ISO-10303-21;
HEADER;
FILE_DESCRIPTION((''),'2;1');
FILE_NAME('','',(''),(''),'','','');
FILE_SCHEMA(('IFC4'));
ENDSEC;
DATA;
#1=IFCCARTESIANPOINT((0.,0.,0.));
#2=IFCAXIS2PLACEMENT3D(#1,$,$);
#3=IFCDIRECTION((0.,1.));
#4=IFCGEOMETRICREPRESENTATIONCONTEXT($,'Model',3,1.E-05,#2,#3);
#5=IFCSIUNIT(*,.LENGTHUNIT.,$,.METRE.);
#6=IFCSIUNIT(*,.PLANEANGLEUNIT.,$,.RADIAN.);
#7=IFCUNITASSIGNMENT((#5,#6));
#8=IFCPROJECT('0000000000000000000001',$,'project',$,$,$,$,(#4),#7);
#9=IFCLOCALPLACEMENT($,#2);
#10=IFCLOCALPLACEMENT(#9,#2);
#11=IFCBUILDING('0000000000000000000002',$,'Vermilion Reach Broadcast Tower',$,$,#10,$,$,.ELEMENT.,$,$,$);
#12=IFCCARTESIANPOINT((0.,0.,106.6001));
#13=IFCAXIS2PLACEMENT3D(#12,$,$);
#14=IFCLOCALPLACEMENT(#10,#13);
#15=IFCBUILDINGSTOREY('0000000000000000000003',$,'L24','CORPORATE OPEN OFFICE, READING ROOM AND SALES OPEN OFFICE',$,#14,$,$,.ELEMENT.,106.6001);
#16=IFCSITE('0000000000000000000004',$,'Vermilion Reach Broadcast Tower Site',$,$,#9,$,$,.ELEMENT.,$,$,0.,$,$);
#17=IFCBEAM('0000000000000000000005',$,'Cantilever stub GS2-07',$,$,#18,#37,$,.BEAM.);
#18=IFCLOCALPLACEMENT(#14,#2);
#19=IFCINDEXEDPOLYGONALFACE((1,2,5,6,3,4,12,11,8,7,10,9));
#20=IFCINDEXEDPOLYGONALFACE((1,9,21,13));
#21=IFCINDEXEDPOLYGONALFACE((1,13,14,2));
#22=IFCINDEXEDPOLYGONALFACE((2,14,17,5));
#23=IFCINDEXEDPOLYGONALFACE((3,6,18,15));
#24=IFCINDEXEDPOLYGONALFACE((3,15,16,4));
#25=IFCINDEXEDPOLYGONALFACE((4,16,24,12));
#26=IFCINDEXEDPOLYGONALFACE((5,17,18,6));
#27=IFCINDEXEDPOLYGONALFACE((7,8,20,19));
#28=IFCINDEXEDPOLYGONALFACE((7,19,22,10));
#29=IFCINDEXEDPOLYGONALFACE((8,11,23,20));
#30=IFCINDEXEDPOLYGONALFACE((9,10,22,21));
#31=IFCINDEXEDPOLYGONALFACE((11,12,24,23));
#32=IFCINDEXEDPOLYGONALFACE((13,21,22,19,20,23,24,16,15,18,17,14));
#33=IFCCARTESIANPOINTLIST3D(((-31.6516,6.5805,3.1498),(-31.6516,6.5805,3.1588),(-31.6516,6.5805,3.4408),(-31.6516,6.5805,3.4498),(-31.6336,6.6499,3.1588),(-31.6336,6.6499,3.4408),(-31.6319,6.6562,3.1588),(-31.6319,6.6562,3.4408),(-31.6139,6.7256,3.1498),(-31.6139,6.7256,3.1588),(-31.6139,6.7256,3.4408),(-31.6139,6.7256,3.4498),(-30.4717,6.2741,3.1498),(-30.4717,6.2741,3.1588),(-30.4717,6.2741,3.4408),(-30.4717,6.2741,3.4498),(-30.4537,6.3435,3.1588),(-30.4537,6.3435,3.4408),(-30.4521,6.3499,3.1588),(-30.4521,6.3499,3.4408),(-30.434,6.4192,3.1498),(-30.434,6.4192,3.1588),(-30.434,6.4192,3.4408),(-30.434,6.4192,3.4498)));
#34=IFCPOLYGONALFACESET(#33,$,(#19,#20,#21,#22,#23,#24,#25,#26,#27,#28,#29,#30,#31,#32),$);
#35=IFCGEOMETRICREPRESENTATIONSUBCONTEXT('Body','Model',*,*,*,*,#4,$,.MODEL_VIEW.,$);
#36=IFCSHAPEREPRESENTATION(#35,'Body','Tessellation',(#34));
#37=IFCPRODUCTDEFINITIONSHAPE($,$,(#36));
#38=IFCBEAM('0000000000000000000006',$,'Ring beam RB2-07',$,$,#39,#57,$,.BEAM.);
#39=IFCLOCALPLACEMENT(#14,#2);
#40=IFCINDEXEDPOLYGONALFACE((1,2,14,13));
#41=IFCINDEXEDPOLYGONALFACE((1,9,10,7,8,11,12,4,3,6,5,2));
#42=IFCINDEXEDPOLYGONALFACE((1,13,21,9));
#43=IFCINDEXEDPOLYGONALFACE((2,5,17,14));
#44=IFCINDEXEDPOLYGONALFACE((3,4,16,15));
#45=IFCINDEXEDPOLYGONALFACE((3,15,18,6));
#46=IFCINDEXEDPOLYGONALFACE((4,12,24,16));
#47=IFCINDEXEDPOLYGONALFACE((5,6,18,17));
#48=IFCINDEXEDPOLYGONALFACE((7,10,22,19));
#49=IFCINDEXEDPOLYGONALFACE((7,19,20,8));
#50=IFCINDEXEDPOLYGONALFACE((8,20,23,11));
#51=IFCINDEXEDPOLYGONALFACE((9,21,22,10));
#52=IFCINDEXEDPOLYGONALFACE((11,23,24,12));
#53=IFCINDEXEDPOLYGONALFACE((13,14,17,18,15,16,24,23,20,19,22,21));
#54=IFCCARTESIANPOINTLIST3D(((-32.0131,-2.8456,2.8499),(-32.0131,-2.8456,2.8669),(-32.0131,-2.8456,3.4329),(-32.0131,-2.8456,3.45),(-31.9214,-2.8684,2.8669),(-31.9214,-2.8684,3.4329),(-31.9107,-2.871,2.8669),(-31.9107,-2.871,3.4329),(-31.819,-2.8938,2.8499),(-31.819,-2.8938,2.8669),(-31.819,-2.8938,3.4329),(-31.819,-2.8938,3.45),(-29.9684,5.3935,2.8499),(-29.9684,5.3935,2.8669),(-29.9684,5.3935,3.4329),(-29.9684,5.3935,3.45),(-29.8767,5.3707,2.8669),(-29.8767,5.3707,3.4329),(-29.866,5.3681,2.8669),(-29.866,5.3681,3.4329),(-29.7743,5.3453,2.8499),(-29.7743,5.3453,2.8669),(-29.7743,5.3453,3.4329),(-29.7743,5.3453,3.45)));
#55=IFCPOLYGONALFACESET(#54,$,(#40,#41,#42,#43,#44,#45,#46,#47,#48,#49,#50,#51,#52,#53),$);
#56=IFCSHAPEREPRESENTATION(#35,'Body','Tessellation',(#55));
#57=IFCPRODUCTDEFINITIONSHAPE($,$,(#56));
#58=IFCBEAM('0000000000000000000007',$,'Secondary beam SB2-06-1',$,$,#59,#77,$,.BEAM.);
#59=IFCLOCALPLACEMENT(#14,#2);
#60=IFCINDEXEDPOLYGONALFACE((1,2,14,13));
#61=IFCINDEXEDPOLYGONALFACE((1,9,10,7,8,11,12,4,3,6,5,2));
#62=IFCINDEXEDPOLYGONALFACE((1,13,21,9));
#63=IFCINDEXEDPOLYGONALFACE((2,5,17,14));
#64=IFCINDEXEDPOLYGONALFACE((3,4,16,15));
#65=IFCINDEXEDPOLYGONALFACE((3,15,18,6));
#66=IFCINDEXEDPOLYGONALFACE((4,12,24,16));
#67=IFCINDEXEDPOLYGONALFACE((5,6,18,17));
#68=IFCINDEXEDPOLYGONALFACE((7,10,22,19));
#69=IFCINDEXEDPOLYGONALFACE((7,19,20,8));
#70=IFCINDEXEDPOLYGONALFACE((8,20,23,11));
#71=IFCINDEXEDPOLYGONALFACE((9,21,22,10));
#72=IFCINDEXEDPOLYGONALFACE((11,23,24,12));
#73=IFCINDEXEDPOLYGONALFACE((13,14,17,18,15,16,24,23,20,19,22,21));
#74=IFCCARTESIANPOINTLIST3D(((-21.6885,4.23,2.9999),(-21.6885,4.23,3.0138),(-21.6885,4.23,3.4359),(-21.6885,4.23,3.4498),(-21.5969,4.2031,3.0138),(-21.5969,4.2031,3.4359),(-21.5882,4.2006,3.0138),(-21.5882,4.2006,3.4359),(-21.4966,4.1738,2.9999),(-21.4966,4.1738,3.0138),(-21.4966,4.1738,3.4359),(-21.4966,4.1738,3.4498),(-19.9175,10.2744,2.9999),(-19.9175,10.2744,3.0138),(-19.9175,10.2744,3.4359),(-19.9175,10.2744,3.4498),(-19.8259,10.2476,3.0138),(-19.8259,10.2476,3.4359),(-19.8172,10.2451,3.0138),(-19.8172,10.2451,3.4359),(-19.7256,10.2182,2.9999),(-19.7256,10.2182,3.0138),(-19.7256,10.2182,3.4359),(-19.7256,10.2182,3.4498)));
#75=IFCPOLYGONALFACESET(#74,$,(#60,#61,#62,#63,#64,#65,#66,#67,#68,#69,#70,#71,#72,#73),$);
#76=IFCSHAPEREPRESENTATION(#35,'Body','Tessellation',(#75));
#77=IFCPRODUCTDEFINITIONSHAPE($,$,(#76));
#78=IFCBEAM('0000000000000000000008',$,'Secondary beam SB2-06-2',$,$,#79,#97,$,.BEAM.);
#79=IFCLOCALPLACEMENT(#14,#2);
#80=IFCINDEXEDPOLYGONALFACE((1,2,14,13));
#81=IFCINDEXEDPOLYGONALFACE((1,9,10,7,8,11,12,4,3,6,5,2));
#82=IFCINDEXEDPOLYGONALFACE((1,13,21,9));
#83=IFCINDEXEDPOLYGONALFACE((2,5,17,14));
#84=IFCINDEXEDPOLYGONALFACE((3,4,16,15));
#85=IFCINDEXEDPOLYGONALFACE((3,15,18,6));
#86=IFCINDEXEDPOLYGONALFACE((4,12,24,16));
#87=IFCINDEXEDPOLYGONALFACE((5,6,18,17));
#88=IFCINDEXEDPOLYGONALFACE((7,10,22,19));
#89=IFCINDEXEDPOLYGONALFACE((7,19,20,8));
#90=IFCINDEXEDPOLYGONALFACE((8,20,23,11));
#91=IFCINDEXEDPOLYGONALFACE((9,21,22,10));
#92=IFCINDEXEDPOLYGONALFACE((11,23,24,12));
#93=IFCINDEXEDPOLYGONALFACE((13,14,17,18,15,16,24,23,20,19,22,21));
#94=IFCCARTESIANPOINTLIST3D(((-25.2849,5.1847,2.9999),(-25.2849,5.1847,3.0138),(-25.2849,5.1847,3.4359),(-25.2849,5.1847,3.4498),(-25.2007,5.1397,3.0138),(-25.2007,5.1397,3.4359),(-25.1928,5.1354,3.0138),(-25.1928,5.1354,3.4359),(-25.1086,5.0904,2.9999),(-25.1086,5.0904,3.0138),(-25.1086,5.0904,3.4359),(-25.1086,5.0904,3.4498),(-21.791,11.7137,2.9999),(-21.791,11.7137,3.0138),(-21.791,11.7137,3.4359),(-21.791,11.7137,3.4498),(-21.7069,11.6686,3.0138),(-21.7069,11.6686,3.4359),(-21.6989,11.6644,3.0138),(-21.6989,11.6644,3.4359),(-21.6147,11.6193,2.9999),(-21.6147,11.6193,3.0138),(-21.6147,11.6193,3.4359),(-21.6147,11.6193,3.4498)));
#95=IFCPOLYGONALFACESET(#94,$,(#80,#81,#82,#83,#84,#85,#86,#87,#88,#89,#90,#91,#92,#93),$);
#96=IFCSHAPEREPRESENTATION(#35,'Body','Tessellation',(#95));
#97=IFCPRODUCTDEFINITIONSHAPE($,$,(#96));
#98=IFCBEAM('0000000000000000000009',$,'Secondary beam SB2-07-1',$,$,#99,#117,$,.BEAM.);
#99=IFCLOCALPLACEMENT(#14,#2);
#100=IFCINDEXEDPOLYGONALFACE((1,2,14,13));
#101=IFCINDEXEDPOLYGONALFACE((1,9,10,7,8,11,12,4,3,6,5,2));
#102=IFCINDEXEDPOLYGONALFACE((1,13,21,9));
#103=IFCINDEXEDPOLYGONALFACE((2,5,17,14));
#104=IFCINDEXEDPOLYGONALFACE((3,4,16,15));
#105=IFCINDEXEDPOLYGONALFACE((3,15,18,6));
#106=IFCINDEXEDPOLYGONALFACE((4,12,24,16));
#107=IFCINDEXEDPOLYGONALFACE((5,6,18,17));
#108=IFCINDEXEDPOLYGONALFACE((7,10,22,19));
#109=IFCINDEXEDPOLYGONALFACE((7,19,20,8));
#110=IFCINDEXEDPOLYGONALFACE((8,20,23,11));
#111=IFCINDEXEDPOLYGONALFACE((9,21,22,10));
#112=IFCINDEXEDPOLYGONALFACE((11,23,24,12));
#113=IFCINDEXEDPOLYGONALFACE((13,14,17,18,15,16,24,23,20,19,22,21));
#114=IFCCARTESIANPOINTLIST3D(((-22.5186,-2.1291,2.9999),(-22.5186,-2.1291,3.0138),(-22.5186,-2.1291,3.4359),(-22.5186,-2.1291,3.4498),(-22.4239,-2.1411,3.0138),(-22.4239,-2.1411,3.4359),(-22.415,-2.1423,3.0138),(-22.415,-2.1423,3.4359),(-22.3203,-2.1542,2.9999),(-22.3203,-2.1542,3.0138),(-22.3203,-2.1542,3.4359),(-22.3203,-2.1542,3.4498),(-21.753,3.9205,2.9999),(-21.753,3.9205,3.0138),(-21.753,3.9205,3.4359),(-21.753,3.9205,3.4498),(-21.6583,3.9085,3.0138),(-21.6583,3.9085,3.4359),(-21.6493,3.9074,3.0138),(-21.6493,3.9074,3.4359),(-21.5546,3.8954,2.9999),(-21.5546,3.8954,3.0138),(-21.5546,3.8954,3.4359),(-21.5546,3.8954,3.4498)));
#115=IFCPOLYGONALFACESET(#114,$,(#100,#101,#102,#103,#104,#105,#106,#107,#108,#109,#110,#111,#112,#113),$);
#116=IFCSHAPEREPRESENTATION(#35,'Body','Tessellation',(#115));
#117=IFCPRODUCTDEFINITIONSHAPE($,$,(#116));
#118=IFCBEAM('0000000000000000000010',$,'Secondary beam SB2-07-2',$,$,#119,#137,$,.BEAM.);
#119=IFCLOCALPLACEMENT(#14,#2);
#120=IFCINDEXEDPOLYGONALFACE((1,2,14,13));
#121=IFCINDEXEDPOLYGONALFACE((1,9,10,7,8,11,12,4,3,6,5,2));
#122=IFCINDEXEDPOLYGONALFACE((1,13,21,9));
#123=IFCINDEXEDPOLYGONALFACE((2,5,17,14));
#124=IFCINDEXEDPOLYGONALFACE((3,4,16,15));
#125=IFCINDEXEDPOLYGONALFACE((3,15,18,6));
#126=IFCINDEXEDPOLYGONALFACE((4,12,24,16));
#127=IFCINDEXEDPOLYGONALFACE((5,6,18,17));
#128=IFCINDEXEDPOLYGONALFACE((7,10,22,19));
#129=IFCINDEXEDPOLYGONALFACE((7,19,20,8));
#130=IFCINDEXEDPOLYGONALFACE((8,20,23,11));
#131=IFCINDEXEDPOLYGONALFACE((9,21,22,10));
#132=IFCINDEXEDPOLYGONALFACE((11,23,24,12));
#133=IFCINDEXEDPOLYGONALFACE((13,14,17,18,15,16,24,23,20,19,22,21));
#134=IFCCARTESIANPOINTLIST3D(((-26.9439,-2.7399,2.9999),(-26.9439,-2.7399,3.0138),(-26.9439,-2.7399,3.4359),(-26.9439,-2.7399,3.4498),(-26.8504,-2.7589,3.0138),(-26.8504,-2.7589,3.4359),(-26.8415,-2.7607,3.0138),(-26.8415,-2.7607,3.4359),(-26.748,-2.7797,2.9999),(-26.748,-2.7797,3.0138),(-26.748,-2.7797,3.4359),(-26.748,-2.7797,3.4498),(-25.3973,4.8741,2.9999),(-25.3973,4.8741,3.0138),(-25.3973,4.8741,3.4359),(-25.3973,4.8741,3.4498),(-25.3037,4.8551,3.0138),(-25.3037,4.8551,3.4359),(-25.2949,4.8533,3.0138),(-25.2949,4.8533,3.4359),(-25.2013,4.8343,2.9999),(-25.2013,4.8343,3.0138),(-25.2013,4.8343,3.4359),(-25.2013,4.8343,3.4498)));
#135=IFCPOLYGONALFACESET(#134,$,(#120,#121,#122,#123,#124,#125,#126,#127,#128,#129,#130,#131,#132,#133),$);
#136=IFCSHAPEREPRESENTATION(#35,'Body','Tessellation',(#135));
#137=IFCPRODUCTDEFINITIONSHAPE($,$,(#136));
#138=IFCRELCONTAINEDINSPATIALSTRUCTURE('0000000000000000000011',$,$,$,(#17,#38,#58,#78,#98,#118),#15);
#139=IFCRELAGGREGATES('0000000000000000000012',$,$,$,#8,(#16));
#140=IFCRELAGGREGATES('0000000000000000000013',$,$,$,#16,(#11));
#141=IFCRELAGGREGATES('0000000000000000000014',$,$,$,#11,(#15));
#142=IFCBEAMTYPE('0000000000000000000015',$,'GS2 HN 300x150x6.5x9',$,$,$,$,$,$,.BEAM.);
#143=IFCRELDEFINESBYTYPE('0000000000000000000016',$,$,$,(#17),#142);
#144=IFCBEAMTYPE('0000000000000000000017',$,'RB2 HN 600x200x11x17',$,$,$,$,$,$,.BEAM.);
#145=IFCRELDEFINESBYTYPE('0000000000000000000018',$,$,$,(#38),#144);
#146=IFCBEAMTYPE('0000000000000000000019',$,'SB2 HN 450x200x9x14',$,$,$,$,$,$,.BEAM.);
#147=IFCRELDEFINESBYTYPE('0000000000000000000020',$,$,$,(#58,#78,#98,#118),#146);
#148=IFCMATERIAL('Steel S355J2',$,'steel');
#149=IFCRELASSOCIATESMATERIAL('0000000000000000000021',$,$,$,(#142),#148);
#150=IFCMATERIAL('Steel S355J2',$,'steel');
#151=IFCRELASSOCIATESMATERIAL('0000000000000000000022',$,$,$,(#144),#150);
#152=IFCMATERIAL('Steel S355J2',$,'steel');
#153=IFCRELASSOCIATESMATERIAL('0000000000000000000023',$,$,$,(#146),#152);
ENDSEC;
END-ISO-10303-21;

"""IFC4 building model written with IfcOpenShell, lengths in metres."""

from ifc_helpers import new_model, si_unit, direction, frame, origin, origin_2d, place, context, subcontext, project, spatial, i_section, extrude, material, material_profile, profile_set, type_object, element, save


model = new_model("IFC4")

# Units and contexts
model_context = context("Model", 3, precision=1e-05, world=origin(), true_north=direction((0.0, 1.0)))
body_context = subcontext(model_context, "Body", "Model", "MODEL_VIEW")
ifc_project = project(units=[si_unit("LENGTHUNIT", "METRE"), si_unit("PLANEANGLEUNIT", "RADIAN")], contexts=[model_context])

# Site, building, storey
site_placement = place(None, origin())
site = spatial("IfcSite", under=ifc_project, at=site_placement, Name="Vermilion Reach Broadcast Tower Site", CompositionType="ELEMENT", RefElevation=0.0)
building_placement = place(site_placement, origin())
building = spatial("IfcBuilding", under=site, at=building_placement, Name="Vermilion Reach Broadcast Tower", CompositionType="ELEMENT")
storey_placement = place(building_placement, frame((0.0, 0.0, 106.6001)))
storey = spatial("IfcBuildingStorey", under=building, at=storey_placement, Name="L24", Description="CORPORATE OPEN OFFICE, READING ROOM AND SALES OPEN OFFICE", CompositionType="ELEMENT", Elevation=106.6001)

# Beams
ifc_material_1 = material(Name="Steel S355J2", Category="steel")
ifc_material_profile_1 = material_profile(ifc_material_1, i_section(OverallWidth=0.1499, OverallDepth=0.3, WebThickness=0.0066, FlangeThickness=0.009, at=origin_2d()), Name="S355J2 HN 300x150x6.5x9")
ifc_profile_set_1 = profile_set([ifc_material_profile_1], Name="Steel S355J2")
beam_type_1 = type_object("IfcBeamType", Name="GS2 HN 300x150x6.5x9", PredefinedType="BEAM", material=ifc_profile_set_1)
beam_1_placement = place(storey_placement, frame((-30.4529, 6.3467, 3.2998), z_axis=(-0.9679, 0.251337, 0.0), x_axis=(-0.251337, -0.9679, 0.0)))
element("IfcBeam", 1, at=beam_1_placement, inside=storey, type_object=beam_type_1, Name="Cantilever stub GS2-07", PredefinedType="BEAM", context=body_context, shape_type="SweptSolid", body=[
    extrude(i_section(OverallWidth=0.1499, OverallDepth=0.3, WebThickness=0.0066, FlangeThickness=0.009, at=origin_2d()), origin(), (0.0, 0.0, 1.0), 1.219),
])
ifc_material_2 = material(Name="Steel S355J2", Category="steel")
ifc_material_profile_2 = material_profile(ifc_material_2, i_section(OverallWidth=0.2, OverallDepth=0.6001, WebThickness=0.011, FlangeThickness=0.0171, at=origin_2d()), Name="S355J2 HN 600x200x11x17")
ifc_profile_set_2 = profile_set([ifc_material_profile_2], Name="Steel S355J2")
beam_type_2 = type_object("IfcBeamType", Name="RB2 HN 600x200x11x17", PredefinedType="BEAM", material=ifc_profile_set_2)
beam_2_placement = place(storey_placement, frame((-29.8713, 5.3694, 3.1499), z_axis=(-0.240864, -0.970559, 0.0), x_axis=(0.970559, -0.240864, 0.0)))
element("IfcBeam", 2, at=beam_2_placement, inside=storey, type_object=beam_type_2, Name="Ring beam RB2-07", PredefinedType="BEAM", context=body_context, shape_type="SweptSolid", body=[
    extrude(i_section(OverallWidth=0.2, OverallDepth=0.6001, WebThickness=0.011, FlangeThickness=0.0171, at=origin_2d()), origin(), (0.0, 0.0, 1.0), 8.489),
])
ifc_material_3 = material(Name="Steel S355J2", Category="steel")
ifc_material_profile_3 = material_profile(ifc_material_3, i_section(OverallWidth=0.2, OverallDepth=0.45, WebThickness=0.009, FlangeThickness=0.0139, at=origin_2d()), Name="S355J2 HN 450x200x9x14")
ifc_profile_set_3 = profile_set([ifc_material_profile_3], Name="Steel S355J2")
beam_type_3 = type_object("IfcBeamType", Name="SB2 HN 450x200x9x14", PredefinedType="BEAM", material=ifc_profile_set_3)
beam_3_placement = place(storey_placement, frame((-19.8215, 10.2463, 3.2249), z_axis=(-0.281176, -0.959656, 0.0), x_axis=(0.959656, -0.281176, 0.0)))
element("IfcBeam", 3, at=beam_3_placement, inside=storey, type_object=beam_type_3, Name="Secondary beam SB2-06-1", PredefinedType="BEAM", context=body_context, shape_type="SweptSolid", body=[
    extrude(i_section(OverallWidth=0.2, OverallDepth=0.45, WebThickness=0.009, FlangeThickness=0.0139, at=origin_2d()), origin(), (0.0, 0.0, 1.0), 6.2986),
])
beam_4_placement = place(storey_placement, frame((-21.7029, 11.6665, 3.2249), z_axis=(-0.471822, -0.881694, 0.0), x_axis=(0.881694, -0.471822, 0.0)))
element("IfcBeam", 4, at=beam_4_placement, inside=storey, type_object=beam_type_3, Name="Secondary beam SB2-06-2", PredefinedType="BEAM", context=body_context, shape_type="SweptSolid", body=[
    extrude(i_section(OverallWidth=0.2, OverallDepth=0.45, WebThickness=0.009, FlangeThickness=0.0139, at=origin_2d()), origin(), (0.0, 0.0, 1.0), 7.405),
])
beam_5_placement = place(storey_placement, frame((-21.6538, 3.908, 3.2249), z_axis=(-0.125557, -0.992086, 0.0), x_axis=(0.992086, -0.125557, 0.0)))
element("IfcBeam", 5, at=beam_5_placement, inside=storey, type_object=beam_type_3, Name="Secondary beam SB2-07-1", PredefinedType="BEAM", context=body_context, shape_type="SweptSolid", body=[
    extrude(i_section(OverallWidth=0.2, OverallDepth=0.45, WebThickness=0.009, FlangeThickness=0.0139, at=origin_2d()), origin(), (0.0, 0.0, 1.0), 6.0979),
])
beam_6_placement = place(storey_placement, frame((-25.2993, 4.8542, 3.2249), z_axis=(-0.199064, -0.979986, 0.0), x_axis=(0.979986, -0.199064, 0.0)))
element("IfcBeam", 6, at=beam_6_placement, inside=storey, type_object=beam_type_3, Name="Secondary beam SB2-07-2", PredefinedType="BEAM", context=body_context, shape_type="SweptSolid", body=[
    extrude(i_section(OverallWidth=0.2, OverallDepth=0.45, WebThickness=0.009, FlangeThickness=0.0139, at=origin_2d()), origin(), (0.0, 0.0, 1.0), 7.7695),
])

save(model, "model.ifc")
